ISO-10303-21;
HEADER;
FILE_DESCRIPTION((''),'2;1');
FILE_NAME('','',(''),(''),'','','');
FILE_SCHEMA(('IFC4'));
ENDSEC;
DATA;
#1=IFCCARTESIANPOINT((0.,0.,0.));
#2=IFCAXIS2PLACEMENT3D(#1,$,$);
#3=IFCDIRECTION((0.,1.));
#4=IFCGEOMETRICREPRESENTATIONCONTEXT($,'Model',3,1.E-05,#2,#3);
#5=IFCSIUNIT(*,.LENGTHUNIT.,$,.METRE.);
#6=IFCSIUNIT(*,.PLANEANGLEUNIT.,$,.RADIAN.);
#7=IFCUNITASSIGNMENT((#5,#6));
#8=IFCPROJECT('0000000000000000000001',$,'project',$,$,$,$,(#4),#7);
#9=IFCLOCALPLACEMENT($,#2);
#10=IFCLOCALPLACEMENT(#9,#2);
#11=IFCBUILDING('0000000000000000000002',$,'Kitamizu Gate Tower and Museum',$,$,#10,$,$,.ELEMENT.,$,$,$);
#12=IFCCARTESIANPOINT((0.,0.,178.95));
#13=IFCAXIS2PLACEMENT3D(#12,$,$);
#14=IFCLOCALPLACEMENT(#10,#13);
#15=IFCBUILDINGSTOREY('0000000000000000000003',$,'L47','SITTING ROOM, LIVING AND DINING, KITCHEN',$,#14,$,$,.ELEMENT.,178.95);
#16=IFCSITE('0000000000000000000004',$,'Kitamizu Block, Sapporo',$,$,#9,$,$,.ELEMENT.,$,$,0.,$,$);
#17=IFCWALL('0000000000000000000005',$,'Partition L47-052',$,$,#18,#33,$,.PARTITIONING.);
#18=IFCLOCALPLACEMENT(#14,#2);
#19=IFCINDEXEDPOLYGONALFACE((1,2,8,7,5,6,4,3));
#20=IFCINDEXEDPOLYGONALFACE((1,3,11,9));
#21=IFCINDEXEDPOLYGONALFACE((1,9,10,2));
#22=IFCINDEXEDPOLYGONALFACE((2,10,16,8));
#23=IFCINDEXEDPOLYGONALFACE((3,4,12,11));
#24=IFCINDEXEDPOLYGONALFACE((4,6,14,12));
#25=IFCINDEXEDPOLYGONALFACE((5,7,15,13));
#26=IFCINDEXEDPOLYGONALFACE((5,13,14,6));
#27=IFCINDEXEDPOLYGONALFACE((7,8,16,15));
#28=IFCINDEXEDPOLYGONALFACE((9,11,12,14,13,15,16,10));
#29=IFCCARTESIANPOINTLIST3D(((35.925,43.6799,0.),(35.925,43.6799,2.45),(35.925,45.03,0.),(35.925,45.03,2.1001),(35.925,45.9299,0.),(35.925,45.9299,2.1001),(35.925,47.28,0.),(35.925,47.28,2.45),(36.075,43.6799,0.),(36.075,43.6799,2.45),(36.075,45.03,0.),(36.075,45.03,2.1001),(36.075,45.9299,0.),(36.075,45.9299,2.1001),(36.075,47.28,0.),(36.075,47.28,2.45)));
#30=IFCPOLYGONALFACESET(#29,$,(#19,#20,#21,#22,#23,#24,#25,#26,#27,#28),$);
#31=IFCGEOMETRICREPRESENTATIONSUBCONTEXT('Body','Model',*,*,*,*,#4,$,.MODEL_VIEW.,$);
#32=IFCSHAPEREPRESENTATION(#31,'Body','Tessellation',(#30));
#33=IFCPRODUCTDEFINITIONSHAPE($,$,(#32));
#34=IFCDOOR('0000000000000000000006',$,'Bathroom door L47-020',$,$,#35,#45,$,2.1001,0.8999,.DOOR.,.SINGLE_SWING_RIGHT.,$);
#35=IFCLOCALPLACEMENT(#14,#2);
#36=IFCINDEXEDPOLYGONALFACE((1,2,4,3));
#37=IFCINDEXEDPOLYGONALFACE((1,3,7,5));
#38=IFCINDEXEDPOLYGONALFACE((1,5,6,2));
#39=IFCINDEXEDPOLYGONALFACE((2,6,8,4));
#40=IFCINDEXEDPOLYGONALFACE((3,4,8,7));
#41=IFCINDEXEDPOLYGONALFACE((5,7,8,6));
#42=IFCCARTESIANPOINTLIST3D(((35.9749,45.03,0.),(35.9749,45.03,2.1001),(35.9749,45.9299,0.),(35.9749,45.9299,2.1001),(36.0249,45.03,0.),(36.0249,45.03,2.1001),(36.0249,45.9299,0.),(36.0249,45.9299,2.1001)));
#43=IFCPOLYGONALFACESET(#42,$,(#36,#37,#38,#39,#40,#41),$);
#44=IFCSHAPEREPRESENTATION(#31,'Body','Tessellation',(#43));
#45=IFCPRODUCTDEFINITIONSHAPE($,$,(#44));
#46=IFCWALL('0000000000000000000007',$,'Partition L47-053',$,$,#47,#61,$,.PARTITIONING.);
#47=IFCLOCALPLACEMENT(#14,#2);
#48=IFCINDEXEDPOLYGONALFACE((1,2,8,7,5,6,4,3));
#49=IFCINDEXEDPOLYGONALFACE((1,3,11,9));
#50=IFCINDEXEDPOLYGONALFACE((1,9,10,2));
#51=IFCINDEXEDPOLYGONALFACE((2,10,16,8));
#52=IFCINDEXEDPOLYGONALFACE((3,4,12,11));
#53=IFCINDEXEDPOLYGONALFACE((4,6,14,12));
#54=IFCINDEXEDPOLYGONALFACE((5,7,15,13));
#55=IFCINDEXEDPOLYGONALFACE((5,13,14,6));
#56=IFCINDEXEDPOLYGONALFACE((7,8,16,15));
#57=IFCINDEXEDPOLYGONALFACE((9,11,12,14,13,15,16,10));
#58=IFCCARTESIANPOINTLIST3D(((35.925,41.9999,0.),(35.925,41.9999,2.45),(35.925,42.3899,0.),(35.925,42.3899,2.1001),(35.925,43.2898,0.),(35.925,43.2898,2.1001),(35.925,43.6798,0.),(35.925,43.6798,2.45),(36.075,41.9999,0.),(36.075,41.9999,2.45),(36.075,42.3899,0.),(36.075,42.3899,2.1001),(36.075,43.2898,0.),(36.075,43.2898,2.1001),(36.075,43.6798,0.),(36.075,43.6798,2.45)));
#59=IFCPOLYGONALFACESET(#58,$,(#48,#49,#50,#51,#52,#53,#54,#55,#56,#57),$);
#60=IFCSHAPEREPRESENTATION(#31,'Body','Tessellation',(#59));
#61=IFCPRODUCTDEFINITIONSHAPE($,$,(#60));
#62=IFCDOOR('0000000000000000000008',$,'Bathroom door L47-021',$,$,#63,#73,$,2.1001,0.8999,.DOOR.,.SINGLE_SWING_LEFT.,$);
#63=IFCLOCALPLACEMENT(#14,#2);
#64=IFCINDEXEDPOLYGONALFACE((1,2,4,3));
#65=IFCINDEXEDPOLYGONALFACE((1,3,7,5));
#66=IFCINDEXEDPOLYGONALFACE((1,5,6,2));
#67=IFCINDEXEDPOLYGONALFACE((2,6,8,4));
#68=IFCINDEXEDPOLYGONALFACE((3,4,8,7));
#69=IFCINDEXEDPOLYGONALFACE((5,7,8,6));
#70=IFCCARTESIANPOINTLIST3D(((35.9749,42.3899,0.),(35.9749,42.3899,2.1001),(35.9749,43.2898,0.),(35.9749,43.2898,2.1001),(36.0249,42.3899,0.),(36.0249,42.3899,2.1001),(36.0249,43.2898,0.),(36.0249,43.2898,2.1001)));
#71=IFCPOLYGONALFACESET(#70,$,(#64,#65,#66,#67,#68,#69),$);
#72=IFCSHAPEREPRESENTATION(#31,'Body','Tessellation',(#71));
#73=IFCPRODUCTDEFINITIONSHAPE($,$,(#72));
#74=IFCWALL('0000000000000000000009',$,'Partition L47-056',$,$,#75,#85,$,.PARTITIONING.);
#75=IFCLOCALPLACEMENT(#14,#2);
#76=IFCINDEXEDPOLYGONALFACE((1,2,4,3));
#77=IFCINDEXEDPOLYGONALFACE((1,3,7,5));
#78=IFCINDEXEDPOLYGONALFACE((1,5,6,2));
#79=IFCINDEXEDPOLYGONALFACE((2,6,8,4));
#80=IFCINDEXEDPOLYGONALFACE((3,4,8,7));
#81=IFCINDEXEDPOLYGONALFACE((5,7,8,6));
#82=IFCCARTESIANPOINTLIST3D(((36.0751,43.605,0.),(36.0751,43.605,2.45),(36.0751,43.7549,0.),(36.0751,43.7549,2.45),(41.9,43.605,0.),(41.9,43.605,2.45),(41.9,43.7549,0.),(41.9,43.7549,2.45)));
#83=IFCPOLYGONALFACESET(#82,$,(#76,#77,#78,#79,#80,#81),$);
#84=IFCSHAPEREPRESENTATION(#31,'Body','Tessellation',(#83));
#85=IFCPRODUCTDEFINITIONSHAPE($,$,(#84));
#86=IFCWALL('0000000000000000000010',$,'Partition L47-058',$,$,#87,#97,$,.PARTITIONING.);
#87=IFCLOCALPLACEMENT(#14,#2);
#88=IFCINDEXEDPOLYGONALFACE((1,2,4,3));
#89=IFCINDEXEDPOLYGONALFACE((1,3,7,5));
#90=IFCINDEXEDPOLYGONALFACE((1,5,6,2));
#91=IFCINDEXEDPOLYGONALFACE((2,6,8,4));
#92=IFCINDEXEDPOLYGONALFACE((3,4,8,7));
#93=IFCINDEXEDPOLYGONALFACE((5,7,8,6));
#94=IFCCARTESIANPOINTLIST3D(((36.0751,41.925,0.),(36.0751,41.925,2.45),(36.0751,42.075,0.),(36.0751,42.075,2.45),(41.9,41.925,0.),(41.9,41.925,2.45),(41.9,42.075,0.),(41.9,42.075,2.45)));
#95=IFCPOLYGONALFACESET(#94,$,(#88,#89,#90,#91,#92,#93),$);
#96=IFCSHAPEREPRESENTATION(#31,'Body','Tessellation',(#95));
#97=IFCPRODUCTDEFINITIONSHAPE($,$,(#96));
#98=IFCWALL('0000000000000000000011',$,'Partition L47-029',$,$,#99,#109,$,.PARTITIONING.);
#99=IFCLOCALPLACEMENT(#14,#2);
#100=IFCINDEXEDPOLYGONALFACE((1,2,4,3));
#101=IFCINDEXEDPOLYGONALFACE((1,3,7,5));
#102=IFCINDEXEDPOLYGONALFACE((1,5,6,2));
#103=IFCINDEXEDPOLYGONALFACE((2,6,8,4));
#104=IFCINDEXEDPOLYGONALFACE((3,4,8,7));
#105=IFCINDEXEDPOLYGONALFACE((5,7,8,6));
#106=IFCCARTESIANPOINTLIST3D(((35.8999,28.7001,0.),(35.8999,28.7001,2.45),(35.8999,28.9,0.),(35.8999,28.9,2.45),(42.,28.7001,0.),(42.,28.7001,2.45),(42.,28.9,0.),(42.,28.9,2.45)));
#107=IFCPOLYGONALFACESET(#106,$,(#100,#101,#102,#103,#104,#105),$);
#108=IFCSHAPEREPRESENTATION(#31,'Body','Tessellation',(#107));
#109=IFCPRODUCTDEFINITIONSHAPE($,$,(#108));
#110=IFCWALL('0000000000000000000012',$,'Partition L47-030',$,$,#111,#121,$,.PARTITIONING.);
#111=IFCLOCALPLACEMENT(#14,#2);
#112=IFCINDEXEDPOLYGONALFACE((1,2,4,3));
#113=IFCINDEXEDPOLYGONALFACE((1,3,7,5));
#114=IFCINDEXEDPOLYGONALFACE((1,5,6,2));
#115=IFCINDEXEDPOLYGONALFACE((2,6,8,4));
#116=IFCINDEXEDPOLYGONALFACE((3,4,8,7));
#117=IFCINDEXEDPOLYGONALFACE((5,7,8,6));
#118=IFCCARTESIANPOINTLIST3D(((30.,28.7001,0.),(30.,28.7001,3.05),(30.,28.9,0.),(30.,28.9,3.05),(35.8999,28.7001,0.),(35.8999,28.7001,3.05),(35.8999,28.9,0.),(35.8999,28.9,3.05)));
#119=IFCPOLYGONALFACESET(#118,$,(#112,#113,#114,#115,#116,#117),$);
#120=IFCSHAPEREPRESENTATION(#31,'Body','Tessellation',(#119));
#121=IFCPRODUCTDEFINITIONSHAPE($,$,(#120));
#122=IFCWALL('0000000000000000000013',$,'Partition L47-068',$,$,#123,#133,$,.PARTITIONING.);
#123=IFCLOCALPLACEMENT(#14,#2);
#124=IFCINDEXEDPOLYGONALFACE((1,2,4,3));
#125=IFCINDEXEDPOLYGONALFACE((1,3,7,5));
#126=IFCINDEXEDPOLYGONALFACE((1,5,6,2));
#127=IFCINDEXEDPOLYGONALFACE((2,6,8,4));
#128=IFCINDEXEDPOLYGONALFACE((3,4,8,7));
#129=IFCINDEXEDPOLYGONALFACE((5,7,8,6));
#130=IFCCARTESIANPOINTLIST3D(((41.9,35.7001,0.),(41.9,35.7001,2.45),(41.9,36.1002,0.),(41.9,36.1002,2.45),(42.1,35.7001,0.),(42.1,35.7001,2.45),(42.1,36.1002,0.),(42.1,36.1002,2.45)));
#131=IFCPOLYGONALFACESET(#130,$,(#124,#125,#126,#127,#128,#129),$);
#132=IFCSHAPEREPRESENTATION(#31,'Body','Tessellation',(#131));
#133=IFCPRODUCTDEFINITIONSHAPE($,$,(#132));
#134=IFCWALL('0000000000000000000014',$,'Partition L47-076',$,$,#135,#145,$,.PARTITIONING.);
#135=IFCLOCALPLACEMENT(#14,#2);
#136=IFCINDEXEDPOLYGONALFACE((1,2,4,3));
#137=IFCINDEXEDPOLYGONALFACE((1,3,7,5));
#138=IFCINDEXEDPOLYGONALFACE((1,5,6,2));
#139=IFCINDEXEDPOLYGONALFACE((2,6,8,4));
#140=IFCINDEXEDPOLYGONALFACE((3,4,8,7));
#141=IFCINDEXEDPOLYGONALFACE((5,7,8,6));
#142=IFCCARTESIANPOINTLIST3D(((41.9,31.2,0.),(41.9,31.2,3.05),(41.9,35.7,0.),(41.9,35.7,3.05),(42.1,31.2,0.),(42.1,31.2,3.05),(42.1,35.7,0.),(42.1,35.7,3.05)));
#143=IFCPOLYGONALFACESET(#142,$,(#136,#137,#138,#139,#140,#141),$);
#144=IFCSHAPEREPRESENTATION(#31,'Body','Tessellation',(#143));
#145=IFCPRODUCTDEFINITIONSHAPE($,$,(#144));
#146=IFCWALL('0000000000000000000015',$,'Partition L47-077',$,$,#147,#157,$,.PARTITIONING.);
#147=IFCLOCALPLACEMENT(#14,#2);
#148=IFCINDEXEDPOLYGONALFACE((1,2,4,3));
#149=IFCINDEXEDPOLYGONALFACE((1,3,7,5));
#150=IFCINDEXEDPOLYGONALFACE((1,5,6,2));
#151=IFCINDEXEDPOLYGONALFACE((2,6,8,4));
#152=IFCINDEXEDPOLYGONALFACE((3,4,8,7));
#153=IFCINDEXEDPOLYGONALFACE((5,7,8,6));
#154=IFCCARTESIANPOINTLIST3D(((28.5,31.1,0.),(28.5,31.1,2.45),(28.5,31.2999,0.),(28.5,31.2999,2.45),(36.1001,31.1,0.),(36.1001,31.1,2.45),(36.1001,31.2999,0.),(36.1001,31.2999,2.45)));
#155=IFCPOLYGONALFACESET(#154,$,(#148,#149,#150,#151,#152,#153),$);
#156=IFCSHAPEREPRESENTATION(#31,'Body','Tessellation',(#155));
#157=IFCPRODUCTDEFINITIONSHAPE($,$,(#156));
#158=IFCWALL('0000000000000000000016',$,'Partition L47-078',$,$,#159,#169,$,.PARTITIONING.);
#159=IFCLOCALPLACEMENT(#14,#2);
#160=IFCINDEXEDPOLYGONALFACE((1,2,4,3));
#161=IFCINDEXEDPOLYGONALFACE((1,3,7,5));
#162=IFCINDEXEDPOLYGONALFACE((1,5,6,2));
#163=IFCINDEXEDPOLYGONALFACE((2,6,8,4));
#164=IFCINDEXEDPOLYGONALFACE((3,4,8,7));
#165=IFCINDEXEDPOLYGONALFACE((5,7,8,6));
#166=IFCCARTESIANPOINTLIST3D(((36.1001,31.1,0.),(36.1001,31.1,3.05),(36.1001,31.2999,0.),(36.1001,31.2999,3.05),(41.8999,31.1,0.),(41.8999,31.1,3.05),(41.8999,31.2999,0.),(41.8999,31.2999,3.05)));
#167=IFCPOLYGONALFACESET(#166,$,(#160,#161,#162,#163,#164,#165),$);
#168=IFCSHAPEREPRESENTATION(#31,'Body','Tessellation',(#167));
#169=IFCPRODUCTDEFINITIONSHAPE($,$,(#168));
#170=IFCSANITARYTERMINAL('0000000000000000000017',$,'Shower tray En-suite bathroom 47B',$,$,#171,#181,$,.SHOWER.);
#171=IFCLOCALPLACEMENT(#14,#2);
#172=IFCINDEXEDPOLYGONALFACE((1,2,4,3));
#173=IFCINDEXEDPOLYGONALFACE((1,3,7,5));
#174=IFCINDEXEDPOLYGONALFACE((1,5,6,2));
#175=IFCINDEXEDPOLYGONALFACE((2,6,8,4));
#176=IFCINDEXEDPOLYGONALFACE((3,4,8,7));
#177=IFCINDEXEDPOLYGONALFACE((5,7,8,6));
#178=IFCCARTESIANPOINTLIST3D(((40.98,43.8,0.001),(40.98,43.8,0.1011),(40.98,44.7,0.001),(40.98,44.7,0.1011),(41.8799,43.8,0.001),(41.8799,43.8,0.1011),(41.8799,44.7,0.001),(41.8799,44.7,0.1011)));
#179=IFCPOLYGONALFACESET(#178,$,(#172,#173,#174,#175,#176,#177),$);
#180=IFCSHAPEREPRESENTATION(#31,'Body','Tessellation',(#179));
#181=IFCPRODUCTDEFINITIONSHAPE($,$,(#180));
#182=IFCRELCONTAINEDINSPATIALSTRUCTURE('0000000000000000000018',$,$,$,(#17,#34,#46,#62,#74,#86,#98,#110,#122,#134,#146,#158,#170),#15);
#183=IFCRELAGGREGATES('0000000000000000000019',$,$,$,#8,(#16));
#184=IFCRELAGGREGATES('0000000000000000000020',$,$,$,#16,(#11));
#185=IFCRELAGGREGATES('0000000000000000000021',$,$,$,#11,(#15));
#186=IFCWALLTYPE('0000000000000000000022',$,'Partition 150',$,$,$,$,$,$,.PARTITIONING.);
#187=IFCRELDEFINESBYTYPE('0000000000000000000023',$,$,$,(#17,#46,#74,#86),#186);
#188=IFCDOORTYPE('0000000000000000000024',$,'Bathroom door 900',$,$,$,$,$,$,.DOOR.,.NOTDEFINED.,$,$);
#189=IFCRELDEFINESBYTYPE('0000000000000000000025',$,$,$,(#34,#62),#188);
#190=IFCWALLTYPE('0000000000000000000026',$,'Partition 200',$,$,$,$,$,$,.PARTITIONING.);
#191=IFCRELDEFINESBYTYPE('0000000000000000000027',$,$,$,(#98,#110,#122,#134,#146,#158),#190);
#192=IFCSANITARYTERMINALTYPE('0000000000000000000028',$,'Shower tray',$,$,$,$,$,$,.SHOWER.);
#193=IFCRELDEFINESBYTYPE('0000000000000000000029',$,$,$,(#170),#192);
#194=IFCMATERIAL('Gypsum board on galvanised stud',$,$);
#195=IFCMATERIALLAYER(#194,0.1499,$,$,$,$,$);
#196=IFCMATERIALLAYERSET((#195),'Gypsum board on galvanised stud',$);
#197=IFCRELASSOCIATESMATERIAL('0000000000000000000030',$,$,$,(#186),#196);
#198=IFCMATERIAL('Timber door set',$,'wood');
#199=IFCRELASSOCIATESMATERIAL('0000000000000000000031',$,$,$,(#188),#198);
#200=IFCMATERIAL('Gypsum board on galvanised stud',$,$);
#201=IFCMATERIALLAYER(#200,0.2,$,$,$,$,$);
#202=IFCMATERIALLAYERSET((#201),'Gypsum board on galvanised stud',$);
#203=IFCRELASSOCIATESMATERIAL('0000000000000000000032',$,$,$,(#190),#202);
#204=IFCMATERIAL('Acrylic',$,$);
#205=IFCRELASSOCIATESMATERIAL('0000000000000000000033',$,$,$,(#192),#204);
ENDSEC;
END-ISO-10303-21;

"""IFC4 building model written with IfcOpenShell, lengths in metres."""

from ifc_helpers import new_model, si_unit, direction, frame, frame_2d, origin, origin_2d, place, context, subcontext, project, spatial, rectangle, extrude, material, layer, layer_set, type_object, element, fill, save


model = new_model("IFC4")

# Units and contexts
model_context = context("Model", 3, precision=1e-05, world=origin(), true_north=direction((0.0, 1.0)))
body_context = subcontext(model_context, "Body", "Model", "MODEL_VIEW")
ifc_project = project(units=[si_unit("LENGTHUNIT", "METRE"), si_unit("PLANEANGLEUNIT", "RADIAN")], contexts=[model_context])

# Site, building, storey
site_placement = place(None, origin())
site = spatial("IfcSite", under=ifc_project, at=site_placement, Name="Kitamizu Block, Sapporo", CompositionType="ELEMENT", RefElevation=0.0)
building_placement = place(site_placement, origin())
building = spatial("IfcBuilding", under=site, at=building_placement, Name="Kitamizu Gate Tower and Museum", CompositionType="ELEMENT")
storey_placement = place(building_placement, frame((0.0, 0.0, 178.95)))
storey = spatial("IfcBuildingStorey", under=building, at=storey_placement, Name="L47", Description="SITTING ROOM, LIVING AND DINING, KITCHEN", CompositionType="ELEMENT", Elevation=178.95)

# Walls, openings, doors
ifc_material_1 = material(Name="Gypsum board on galvanised stud")
ifc_layer_1 = layer(ifc_material_1, 0.1499)
ifc_layer_set_1 = layer_set([ifc_layer_1], Name="Gypsum board on galvanised stud")
wall_type_1 = type_object("IfcWallType", Name="Partition 150", PredefinedType="PARTITIONING", material=ifc_layer_set_1)
wall_1_placement = place(storey_placement, frame((36.0, 43.6799, 0.0), z_axis=(0.0, 0.0, 1.0), x_axis=(0.0, 1.0, 0.0)))
wall_1 = element("IfcWall", 1, at=wall_1_placement, inside=storey, type_object=wall_type_1, Name="Partition L47-052", PredefinedType="PARTITIONING", context=body_context, shape_type="SweptSolid", body=[
    extrude(rectangle(XDim=3.6001, YDim=0.1499, at=frame_2d((1.8, 0.0))), origin(), (0.0, 0.0, 1.0), 2.45),
])
opening_1_placement = place(wall_1_placement, frame((1.3501, 0.0, 0.0)))
opening_1 = element("IfcOpeningElement", 2, at=opening_1_placement, cuts=wall_1, PredefinedType="OPENING", context=body_context, shape_type="SweptSolid", body=[
    extrude(rectangle(XDim=0.8999, YDim=2.1001, at=frame_2d((0.45, 1.05))), frame((0.0, 0.085, 0.0), z_axis=(0.0, -1.0, 0.0), x_axis=(1.0, 0.0, 0.0)), (0.0, 0.0, 1.0), 0.1699),
])
ifc_material_2 = material(Name="Timber door set", Category="wood")
door_type_1 = type_object("IfcDoorType", Name="Bathroom door 900", OperationType="NOTDEFINED", PredefinedType="DOOR", material=ifc_material_2)
door_1_placement = place(opening_1_placement, frame((0.8999, 0.0, 0.0), x_axis=(-1.0, 0.0, 0.0)))
door_1 = element("IfcDoor", 3, at=door_1_placement, inside=storey, type_object=door_type_1, Name="Bathroom door L47-020", OperationType="SINGLE_SWING_RIGHT", OverallHeight=2.1001, OverallWidth=0.8999, PredefinedType="DOOR", context=body_context, shape_type="SweptSolid", body=[
    extrude(rectangle(XDim=0.8999, YDim=2.1001, at=frame_2d((0.45, 1.05))), frame((0.0, 0.0249, 0.0), z_axis=(0.0, -1.0, 0.0), x_axis=(1.0, 0.0, 0.0)), (0.0, 0.0, 1.0), 0.05),
])
fill(opening_1, door_1)
wall_2_placement = place(storey_placement, frame((36.0, 42.0, 0.0), z_axis=(0.0, 0.0, 1.0), x_axis=(0.0, 1.0, 0.0)))
wall_2 = element("IfcWall", 4, at=wall_2_placement, inside=storey, type_object=wall_type_1, Name="Partition L47-053", PredefinedType="PARTITIONING", context=body_context, shape_type="SweptSolid", body=[
    extrude(rectangle(XDim=1.6799, YDim=0.1499, at=frame_2d((0.8398, 0.0))), origin(), (0.0, 0.0, 1.0), 2.45),
])
opening_2_placement = place(wall_2_placement, frame((0.3899, 0.0, 0.0)))
opening_2 = element("IfcOpeningElement", 5, at=opening_2_placement, cuts=wall_2, PredefinedType="OPENING", context=body_context, shape_type="SweptSolid", body=[
    extrude(rectangle(XDim=0.8999, YDim=2.1001, at=frame_2d((0.45, 1.05))), frame((0.0, 0.085, 0.0), z_axis=(0.0, -1.0, 0.0), x_axis=(1.0, 0.0, 0.0)), (0.0, 0.0, 1.0), 0.1699),
])
door_2_placement = place(opening_2_placement, frame((0.8999, 0.0, 0.0), x_axis=(-1.0, 0.0, 0.0)))
door_2 = element("IfcDoor", 6, at=door_2_placement, inside=storey, type_object=door_type_1, Name="Bathroom door L47-021", OperationType="SINGLE_SWING_LEFT", OverallHeight=2.1001, OverallWidth=0.8999, PredefinedType="DOOR", context=body_context, shape_type="SweptSolid", body=[
    extrude(rectangle(XDim=0.8999, YDim=2.1001, at=frame_2d((0.45, 1.05))), frame((0.0, 0.0249, 0.0), z_axis=(0.0, -1.0, 0.0), x_axis=(1.0, 0.0, 0.0)), (0.0, 0.0, 1.0), 0.05),
])
fill(opening_2, door_2)

# Walls
for number, where, z_axis, x_axis, name in (
    (7, (36.075, 43.6799, 0.0), (0.0, 0.0, 1.0), (1.0, 0.0, 0.0), "Partition L47-056"),
    (8, (36.075, 42.0, 0.0), (0.0, 0.0, 1.0), (1.0, 0.0, 0.0), "Partition L47-058"),
):
    element("IfcWall", number, at=place(storey_placement, frame(where, z_axis=z_axis, x_axis=x_axis)), inside=storey, type_object=wall_type_1, Name=name, PredefinedType="PARTITIONING", context=body_context, shape_type="SweptSolid", body=[
        extrude(rectangle(XDim=5.825, YDim=0.1499, at=frame_2d((2.9126, 0.0))), origin(), (0.0, 0.0, 1.0), 2.45),
    ])
ifc_material_3 = material(Name="Gypsum board on galvanised stud")
ifc_layer_2 = layer(ifc_material_3, 0.2)
ifc_layer_set_2 = layer_set([ifc_layer_2], Name="Gypsum board on galvanised stud")
wall_type_2 = type_object("IfcWallType", Name="Partition 200", PredefinedType="PARTITIONING", material=ifc_layer_set_2)
wall_3_placement = place(storey_placement, frame((42.0, 28.8, 0.0), z_axis=(0.0, 0.0, 1.0), x_axis=(-1.0, 0.0, 0.0)))
element("IfcWall", 9, at=wall_3_placement, inside=storey, type_object=wall_type_2, Name="Partition L47-029", PredefinedType="PARTITIONING", context=body_context, shape_type="SweptSolid", body=[
    extrude(rectangle(XDim=6.1001, YDim=0.2, at=frame_2d((3.05, 0.0))), origin(), (0.0, 0.0, 1.0), 2.45),
])
wall_4_placement = place(storey_placement, frame((35.8999, 28.8, 0.0), z_axis=(0.0, 0.0, 1.0), x_axis=(-1.0, 0.0, 0.0)))
element("IfcWall", 10, at=wall_4_placement, inside=storey, type_object=wall_type_2, Name="Partition L47-030", PredefinedType="PARTITIONING", context=body_context, shape_type="SweptSolid", body=[
    extrude(rectangle(XDim=5.8999, YDim=0.2, at=frame_2d((2.95, 0.0))), origin(), (0.0, 0.0, 1.0), 3.05),
])
wall_5_placement = place(storey_placement, frame((42.0, 35.7, 0.0), z_axis=(0.0, 0.0, 1.0), x_axis=(0.0, 1.0, 0.0)))
element("IfcWall", 11, at=wall_5_placement, inside=storey, type_object=wall_type_2, Name="Partition L47-068", PredefinedType="PARTITIONING", context=body_context, shape_type="SweptSolid", body=[
    extrude(rectangle(XDim=0.4001, YDim=0.2, at=frame_2d((0.2002, 0.0))), origin(), (0.0, 0.0, 1.0), 2.45),
])
wall_6_placement = place(storey_placement, frame((42.0, 31.2, 0.0), z_axis=(0.0, 0.0, 1.0), x_axis=(0.0, 1.0, 0.0)))
element("IfcWall", 12, at=wall_6_placement, inside=storey, type_object=wall_type_2, Name="Partition L47-076", PredefinedType="PARTITIONING", context=body_context, shape_type="SweptSolid", body=[
    extrude(rectangle(XDim=4.5, YDim=0.2, at=frame_2d((2.25, 0.0))), origin(), (0.0, 0.0, 1.0), 3.05),
])
wall_7_placement = place(storey_placement, frame((28.5, 31.2, 0.0), z_axis=(0.0, 0.0, 1.0), x_axis=(1.0, 0.0, 0.0)))
element("IfcWall", 13, at=wall_7_placement, inside=storey, type_object=wall_type_2, Name="Partition L47-077", PredefinedType="PARTITIONING", context=body_context, shape_type="SweptSolid", body=[
    extrude(rectangle(XDim=7.6001, YDim=0.2, at=frame_2d((3.8, 0.0))), origin(), (0.0, 0.0, 1.0), 2.45),
])
wall_8_placement = place(storey_placement, frame((36.1001, 31.2, 0.0), z_axis=(0.0, 0.0, 1.0), x_axis=(1.0, 0.0, 0.0)))
element("IfcWall", 14, at=wall_8_placement, inside=storey, type_object=wall_type_2, Name="Partition L47-078", PredefinedType="PARTITIONING", context=body_context, shape_type="SweptSolid", body=[
    extrude(rectangle(XDim=5.7998, YDim=0.2, at=frame_2d((2.8999, 0.0))), origin(), (0.0, 0.0, 1.0), 3.05),
])

# Sanitary terminal
ifc_material_4 = material(Name="Acrylic")
sanitary_terminal_type_1 = type_object("IfcSanitaryTerminalType", Name="Shower tray", PredefinedType="SHOWER", material=ifc_material_4)
sanitary_terminal_1_placement = place(storey_placement, frame((41.4299, 44.25, 0.001), z_axis=(0.0, 0.0, 1.0), x_axis=(1.0, 0.0, 0.0)))
element("IfcSanitaryTerminal", 15, at=sanitary_terminal_1_placement, inside=storey, type_object=sanitary_terminal_type_1, Name="Shower tray En-suite bathroom 47B", PredefinedType="SHOWER", context=body_context, shape_type="SweptSolid", body=[
    extrude(rectangle(XDim=0.8999, YDim=0.8999, at=origin_2d()), origin(), (0.0, 0.0, 1.0), 0.1001),
])

save(model, "model.ifc")
